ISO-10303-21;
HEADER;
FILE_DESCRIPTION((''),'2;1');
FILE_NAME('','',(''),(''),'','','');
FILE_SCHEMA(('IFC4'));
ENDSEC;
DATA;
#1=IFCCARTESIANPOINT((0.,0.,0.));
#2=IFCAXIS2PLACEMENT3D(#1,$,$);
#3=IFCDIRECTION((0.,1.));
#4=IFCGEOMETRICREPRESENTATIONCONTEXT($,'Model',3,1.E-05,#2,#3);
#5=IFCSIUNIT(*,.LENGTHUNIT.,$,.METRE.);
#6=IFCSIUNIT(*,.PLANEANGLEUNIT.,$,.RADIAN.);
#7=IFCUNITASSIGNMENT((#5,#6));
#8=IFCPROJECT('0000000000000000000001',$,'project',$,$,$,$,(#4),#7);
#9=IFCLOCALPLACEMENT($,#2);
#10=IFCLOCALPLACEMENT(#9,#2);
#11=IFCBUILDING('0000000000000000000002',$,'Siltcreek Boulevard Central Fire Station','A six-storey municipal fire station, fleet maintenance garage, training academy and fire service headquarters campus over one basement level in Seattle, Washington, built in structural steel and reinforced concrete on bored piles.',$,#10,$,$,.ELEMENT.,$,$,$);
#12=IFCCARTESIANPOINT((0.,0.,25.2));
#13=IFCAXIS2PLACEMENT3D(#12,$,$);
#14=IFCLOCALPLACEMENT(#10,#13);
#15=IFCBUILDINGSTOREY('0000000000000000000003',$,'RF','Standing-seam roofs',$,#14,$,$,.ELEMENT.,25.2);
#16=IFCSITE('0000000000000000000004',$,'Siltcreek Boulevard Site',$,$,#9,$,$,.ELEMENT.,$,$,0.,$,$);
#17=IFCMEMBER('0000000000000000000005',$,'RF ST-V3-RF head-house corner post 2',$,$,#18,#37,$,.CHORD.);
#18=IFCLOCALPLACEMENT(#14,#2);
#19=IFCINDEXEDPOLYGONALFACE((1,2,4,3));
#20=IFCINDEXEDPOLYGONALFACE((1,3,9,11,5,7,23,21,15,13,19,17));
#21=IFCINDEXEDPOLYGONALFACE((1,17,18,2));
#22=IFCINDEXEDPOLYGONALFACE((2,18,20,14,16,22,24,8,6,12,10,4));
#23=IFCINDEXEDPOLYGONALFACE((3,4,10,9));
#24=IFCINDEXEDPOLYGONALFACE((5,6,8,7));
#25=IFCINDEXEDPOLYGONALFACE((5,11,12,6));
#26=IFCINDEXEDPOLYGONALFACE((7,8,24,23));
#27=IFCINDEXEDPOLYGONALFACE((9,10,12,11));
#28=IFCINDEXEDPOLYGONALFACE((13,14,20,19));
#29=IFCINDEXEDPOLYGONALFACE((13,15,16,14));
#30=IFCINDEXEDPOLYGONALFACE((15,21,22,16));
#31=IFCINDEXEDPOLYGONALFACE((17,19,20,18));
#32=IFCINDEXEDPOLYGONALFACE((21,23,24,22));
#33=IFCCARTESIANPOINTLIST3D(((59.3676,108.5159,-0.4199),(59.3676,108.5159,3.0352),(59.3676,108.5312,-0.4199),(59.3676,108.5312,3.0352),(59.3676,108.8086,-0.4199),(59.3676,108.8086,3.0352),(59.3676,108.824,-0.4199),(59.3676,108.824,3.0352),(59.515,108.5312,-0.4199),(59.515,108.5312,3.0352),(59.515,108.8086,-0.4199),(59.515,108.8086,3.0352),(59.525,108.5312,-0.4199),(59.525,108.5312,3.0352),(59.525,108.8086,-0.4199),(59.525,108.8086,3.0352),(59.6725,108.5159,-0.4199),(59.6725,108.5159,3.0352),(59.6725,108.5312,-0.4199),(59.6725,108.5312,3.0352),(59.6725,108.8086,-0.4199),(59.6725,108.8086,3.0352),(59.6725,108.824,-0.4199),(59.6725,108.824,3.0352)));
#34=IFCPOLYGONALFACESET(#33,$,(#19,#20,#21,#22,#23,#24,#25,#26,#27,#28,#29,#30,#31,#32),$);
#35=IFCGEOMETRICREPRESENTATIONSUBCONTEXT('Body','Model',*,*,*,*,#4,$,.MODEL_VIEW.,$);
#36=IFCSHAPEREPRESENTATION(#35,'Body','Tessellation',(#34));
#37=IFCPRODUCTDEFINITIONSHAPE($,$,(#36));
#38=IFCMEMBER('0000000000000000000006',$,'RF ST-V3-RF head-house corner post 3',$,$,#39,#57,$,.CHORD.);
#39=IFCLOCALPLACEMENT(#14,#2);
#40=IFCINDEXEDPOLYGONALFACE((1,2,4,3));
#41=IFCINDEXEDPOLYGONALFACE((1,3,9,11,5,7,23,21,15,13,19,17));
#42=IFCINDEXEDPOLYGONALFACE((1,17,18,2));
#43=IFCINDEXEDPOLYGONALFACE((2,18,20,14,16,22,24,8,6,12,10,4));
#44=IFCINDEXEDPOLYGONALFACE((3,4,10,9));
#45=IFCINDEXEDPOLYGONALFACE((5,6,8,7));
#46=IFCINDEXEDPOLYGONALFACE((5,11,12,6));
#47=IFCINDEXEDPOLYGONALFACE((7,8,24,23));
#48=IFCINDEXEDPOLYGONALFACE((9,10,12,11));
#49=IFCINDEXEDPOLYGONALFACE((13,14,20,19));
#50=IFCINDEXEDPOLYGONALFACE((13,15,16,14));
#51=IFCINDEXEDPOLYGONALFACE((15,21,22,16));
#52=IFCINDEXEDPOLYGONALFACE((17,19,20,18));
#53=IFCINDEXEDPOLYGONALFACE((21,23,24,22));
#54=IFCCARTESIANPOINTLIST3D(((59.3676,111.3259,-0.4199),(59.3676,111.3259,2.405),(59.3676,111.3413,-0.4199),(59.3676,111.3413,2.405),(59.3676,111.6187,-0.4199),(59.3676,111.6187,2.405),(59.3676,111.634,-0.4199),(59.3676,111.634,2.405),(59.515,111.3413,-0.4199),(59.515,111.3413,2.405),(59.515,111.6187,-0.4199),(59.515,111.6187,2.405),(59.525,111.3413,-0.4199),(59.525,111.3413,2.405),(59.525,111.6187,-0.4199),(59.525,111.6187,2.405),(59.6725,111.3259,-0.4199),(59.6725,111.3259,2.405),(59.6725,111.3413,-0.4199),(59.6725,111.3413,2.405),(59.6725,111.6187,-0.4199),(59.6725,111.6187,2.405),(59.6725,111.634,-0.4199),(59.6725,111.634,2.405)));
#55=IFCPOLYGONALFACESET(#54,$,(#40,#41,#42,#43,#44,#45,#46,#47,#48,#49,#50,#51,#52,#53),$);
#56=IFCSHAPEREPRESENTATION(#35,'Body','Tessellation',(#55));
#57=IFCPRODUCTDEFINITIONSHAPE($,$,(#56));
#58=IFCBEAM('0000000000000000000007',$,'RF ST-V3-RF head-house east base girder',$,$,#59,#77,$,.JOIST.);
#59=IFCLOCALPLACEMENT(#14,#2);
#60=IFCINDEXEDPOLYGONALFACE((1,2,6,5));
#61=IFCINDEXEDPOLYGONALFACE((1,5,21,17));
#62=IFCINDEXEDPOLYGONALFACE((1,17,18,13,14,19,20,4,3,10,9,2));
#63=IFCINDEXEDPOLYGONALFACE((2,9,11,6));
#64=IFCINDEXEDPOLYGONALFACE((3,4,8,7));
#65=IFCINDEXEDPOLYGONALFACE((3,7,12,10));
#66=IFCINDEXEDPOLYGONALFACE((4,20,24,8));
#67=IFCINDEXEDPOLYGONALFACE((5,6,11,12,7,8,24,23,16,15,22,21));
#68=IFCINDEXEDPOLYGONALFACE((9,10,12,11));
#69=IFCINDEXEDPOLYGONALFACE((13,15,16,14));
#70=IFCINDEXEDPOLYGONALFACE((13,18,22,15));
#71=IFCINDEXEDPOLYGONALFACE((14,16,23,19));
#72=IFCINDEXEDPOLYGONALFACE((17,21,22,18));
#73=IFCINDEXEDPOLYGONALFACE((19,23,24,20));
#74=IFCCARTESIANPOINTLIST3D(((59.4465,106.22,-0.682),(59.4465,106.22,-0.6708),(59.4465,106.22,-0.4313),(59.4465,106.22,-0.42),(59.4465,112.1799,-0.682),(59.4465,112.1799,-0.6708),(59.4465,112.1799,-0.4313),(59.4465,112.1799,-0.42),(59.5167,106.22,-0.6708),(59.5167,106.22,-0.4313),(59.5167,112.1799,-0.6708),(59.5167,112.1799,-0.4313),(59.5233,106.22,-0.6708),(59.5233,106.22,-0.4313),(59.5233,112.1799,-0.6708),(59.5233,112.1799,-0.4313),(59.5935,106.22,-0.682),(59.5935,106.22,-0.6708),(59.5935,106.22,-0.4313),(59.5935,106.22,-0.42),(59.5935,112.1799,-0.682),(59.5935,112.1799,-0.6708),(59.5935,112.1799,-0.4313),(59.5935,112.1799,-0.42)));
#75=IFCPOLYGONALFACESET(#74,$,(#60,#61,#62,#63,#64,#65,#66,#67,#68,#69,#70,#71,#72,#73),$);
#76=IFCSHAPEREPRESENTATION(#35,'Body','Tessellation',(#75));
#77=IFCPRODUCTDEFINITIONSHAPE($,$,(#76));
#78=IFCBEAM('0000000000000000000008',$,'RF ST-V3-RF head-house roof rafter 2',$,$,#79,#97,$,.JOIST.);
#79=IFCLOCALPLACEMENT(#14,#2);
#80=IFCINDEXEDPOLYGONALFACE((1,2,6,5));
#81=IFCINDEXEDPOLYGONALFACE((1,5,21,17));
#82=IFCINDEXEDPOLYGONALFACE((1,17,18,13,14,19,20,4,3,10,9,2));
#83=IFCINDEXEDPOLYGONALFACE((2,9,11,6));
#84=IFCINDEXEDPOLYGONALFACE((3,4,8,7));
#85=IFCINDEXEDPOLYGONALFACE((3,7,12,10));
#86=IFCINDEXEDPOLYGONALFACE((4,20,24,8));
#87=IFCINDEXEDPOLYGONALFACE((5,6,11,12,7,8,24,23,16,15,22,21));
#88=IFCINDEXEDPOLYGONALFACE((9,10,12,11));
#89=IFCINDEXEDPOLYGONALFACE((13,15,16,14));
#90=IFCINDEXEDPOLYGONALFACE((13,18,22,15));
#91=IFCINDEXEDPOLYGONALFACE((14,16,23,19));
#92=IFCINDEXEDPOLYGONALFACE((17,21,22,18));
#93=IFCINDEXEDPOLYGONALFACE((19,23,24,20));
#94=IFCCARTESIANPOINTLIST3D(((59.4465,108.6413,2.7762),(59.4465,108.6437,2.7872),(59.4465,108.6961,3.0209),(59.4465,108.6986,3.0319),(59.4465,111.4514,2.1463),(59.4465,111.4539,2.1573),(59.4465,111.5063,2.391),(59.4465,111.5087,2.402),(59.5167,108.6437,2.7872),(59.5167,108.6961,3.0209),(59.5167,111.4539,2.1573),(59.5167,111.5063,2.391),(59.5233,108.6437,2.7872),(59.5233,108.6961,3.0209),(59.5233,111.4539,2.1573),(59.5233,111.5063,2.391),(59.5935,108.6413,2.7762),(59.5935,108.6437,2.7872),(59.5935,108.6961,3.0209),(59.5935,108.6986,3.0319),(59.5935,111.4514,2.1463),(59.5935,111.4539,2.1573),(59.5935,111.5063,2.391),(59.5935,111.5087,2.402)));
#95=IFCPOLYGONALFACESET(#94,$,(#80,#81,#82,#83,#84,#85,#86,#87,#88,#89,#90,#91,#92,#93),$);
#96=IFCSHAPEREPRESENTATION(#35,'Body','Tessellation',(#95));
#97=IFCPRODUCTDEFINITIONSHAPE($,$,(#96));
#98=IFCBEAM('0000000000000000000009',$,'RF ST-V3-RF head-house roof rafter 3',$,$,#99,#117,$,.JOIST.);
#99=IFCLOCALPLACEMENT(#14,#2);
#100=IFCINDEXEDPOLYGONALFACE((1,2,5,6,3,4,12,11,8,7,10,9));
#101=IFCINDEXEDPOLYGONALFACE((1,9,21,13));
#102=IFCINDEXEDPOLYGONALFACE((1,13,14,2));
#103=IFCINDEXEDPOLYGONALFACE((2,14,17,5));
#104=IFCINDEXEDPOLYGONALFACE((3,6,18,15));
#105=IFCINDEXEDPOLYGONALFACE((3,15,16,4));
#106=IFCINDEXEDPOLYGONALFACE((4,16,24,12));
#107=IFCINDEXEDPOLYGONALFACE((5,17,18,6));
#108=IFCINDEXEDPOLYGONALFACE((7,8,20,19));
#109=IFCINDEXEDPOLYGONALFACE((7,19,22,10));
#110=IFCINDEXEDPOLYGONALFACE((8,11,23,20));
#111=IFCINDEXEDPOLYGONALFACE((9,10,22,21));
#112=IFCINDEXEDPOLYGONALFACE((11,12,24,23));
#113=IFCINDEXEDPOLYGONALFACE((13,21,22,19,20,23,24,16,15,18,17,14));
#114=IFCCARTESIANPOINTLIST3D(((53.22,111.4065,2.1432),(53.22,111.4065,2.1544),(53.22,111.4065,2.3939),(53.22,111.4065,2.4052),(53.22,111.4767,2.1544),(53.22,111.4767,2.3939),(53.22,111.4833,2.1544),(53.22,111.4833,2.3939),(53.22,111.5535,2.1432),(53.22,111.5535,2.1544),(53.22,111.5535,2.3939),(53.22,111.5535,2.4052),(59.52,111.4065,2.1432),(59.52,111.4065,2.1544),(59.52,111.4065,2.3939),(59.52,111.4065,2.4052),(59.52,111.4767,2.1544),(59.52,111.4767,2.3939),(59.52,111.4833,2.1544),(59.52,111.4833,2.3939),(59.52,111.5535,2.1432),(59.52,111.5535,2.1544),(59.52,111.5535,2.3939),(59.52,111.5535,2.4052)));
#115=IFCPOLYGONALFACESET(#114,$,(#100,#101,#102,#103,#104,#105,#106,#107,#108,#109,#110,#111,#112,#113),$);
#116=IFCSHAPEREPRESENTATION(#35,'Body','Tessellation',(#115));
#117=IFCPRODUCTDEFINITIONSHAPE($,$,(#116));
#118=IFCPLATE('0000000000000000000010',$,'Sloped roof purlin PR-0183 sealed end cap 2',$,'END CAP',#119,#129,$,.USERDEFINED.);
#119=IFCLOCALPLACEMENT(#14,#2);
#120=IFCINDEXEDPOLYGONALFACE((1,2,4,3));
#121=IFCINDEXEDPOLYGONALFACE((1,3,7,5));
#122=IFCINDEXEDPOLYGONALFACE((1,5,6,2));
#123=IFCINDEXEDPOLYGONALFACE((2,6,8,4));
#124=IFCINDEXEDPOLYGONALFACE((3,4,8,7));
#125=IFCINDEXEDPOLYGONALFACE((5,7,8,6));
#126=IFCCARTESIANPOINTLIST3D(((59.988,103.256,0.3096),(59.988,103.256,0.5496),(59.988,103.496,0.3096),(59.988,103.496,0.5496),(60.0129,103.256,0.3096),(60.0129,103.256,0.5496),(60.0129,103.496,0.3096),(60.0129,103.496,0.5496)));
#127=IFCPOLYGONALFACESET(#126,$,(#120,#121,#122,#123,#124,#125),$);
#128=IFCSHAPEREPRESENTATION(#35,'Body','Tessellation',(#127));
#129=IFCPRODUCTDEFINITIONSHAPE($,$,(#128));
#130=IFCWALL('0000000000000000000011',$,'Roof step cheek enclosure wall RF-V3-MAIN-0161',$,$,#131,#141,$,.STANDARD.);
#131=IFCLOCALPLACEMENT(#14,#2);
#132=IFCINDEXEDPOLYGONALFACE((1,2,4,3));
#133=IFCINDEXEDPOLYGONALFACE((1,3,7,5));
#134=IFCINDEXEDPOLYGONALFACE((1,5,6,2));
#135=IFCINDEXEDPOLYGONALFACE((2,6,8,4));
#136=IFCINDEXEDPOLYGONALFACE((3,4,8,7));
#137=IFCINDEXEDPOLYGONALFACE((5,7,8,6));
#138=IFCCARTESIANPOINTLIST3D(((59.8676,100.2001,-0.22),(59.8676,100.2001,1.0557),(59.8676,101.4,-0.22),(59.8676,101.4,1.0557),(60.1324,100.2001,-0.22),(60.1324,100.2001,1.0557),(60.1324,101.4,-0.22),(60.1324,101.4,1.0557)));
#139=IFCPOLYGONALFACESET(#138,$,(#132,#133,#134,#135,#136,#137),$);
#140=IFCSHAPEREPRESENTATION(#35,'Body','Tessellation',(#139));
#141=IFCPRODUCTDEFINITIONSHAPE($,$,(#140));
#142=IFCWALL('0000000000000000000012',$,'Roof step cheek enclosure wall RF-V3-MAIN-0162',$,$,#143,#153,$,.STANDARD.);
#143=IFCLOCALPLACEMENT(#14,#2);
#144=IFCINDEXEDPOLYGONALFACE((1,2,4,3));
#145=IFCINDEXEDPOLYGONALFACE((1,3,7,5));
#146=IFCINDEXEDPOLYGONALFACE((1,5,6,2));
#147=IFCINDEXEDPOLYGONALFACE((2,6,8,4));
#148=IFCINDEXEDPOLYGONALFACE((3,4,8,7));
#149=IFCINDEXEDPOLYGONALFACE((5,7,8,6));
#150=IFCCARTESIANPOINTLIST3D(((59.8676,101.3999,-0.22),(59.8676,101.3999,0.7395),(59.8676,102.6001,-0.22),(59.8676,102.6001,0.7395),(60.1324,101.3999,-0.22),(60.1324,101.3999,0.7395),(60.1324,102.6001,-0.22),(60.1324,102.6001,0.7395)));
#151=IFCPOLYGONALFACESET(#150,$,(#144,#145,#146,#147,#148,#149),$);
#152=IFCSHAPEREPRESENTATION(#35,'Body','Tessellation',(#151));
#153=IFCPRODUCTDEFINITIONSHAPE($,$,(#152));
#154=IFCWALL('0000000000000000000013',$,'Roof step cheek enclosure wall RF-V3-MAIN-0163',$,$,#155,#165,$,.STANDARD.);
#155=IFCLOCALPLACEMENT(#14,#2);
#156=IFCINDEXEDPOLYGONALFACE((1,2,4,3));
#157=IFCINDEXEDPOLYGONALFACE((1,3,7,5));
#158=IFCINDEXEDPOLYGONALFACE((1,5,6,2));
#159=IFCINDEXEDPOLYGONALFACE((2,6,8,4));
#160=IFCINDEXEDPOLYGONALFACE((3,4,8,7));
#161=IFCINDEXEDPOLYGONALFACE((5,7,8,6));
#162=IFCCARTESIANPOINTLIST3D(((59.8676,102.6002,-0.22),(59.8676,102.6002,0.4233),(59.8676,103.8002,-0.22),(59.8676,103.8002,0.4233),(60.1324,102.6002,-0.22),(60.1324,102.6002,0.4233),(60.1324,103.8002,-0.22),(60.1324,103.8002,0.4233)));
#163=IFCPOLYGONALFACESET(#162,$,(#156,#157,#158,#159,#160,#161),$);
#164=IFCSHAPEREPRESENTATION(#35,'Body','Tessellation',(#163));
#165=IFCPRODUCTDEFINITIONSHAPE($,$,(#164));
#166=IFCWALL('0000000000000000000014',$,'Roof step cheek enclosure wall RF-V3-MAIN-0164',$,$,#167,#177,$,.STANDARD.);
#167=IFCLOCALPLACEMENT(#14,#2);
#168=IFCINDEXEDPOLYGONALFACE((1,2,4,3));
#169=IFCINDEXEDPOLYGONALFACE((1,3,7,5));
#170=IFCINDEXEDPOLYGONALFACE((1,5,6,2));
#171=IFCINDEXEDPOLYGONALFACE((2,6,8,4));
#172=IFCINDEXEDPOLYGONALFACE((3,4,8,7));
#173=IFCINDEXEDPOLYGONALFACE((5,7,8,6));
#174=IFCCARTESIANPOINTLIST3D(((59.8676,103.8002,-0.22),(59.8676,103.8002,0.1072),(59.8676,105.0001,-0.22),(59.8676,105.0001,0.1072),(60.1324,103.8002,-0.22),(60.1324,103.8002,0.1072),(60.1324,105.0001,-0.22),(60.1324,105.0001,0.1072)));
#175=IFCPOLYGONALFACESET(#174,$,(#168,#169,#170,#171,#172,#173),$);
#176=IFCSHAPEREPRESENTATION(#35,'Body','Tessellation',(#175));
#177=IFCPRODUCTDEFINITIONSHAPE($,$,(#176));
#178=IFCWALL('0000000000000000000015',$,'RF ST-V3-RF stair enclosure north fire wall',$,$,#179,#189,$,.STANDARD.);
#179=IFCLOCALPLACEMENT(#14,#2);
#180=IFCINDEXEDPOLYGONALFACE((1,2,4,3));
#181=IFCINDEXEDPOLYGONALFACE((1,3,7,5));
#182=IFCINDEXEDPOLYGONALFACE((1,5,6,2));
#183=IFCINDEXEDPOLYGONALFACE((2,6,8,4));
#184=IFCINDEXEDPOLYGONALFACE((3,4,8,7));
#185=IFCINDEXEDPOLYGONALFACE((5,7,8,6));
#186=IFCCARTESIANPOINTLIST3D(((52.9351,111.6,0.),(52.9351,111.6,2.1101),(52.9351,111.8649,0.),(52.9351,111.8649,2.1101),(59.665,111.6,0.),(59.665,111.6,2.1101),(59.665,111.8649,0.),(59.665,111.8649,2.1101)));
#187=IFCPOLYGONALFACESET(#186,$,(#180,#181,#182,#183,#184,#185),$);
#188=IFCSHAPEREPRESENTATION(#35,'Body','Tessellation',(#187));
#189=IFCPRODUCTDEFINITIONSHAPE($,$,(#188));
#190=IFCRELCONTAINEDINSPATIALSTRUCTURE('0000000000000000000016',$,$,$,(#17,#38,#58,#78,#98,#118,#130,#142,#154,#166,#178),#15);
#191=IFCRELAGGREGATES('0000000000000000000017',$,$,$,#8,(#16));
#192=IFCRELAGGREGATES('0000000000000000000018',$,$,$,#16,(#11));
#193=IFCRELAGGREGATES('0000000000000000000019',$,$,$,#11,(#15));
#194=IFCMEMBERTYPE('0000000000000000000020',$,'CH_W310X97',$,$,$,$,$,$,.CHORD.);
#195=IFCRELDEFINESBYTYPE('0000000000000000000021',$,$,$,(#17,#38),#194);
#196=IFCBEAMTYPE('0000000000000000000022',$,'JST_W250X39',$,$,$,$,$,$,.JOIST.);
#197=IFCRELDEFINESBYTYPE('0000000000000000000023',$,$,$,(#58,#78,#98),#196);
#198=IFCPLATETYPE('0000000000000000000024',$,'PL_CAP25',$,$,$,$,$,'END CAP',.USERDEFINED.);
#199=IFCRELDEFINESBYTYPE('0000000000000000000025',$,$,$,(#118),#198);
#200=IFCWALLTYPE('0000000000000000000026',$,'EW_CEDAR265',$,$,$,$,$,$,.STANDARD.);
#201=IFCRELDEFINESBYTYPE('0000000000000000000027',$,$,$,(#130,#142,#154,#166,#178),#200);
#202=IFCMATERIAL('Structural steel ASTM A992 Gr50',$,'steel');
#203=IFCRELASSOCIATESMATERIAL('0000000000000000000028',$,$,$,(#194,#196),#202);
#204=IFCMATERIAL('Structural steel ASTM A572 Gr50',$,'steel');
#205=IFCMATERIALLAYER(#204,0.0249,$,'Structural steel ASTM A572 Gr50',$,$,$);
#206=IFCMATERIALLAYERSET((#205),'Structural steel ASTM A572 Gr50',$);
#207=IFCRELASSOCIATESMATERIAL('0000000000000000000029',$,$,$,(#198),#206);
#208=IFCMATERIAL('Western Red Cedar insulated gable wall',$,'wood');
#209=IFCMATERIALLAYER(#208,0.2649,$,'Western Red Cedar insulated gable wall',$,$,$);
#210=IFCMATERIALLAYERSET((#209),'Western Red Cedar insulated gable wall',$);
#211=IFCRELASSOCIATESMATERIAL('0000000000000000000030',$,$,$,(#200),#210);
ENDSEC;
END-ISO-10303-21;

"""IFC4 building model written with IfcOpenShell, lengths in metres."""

from ifc_helpers import new_model, si_unit, direction, frame, frame_2d, origin, origin_2d, place, context, subcontext, project, spatial, rectangle, i_section, extrude, material, layer, layer_set, material_profile, profile_set, type_object, element, save


model = new_model("IFC4")

# Units and contexts
model_context = context("Model", 3, precision=1e-05, world=origin(), true_north=direction((0.0, 1.0)))
body_context = subcontext(model_context, "Body", "Model", "MODEL_VIEW")
ifc_project = project(units=[si_unit("LENGTHUNIT", "METRE"), si_unit("PLANEANGLEUNIT", "RADIAN")], contexts=[model_context])

# Site, building, storey
site_placement = place(None, origin())
site = spatial("IfcSite", under=ifc_project, at=site_placement, Name="Siltcreek Boulevard Site", CompositionType="ELEMENT", RefElevation=0.0)
building_placement = place(site_placement, origin())
building = spatial("IfcBuilding", under=site, at=building_placement, Name="Siltcreek Boulevard Central Fire Station", Description="A six-storey municipal fire station, fleet maintenance garage, training academy and fire service headquarters campus over one basement level in Seattle, Washington, built in structural steel and reinforced concrete on bored piles.", CompositionType="ELEMENT")
storey_placement = place(building_placement, frame((0.0, 0.0, 25.2)))
storey = spatial("IfcBuildingStorey", under=building, at=storey_placement, Name="RF", Description="Standing-seam roofs", CompositionType="ELEMENT", Elevation=25.2)

# Members
ifc_material_1 = material(Name="Structural steel ASTM A992 Gr50", Category="steel")
ifc_material_profile_1 = material_profile(ifc_material_1, i_section(OverallWidth=0.3049, OverallDepth=0.3081, WebThickness=0.01, FlangeThickness=0.0154, at=origin_2d()), Name="W310X97")
ifc_profile_set_1 = profile_set([ifc_material_profile_1], Name="Structural steel ASTM A992 Gr50")
member_type = type_object("IfcMemberType", Name="CH_W310X97", PredefinedType="CHORD", material=ifc_profile_set_1)
member_1_placement = place(storey_placement, frame((59.52, 108.6699, -0.4199), z_axis=(0.0, 0.0, 1.0), x_axis=(1.0, 0.0, 0.0)))
element("IfcMember", 1, at=member_1_placement, inside=storey, type_object=member_type, Name="RF ST-V3-RF head-house corner post 2", PredefinedType="CHORD", context=body_context, shape_type="SweptSolid", body=[
    extrude(i_section(OverallWidth=0.3049, OverallDepth=0.3081, WebThickness=0.01, FlangeThickness=0.0154, at=origin_2d()), origin(), (0.0, 0.0, 1.0), 3.4551),
])
member_2_placement = place(storey_placement, frame((59.52, 111.48, -0.4199), z_axis=(0.0, 0.0, 1.0), x_axis=(1.0, 0.0, 0.0)))
element("IfcMember", 2, at=member_2_placement, inside=storey, type_object=member_type, Name="RF ST-V3-RF head-house corner post 3", PredefinedType="CHORD", context=body_context, shape_type="SweptSolid", body=[
    extrude(i_section(OverallWidth=0.3049, OverallDepth=0.3081, WebThickness=0.01, FlangeThickness=0.0154, at=origin_2d()), origin(), (0.0, 0.0, 1.0), 2.825),
])

# Beams
ifc_material_profile_2 = material_profile(ifc_material_1, i_section(OverallWidth=0.147, OverallDepth=0.262, WebThickness=0.0066, FlangeThickness=0.0112, at=origin_2d()), Name="W250X39")
ifc_profile_set_2 = profile_set([ifc_material_profile_2], Name="Structural steel ASTM A992 Gr50")
beam_type = type_object("IfcBeamType", Name="JST_W250X39", PredefinedType="JOIST", material=ifc_profile_set_2)
beam_1_placement = place(storey_placement, frame((59.52, 106.22, -0.551), z_axis=(0.0, 1.0, 0.0), x_axis=(-1.0, 0.0, 0.0)))
element("IfcBeam", 3, at=beam_1_placement, inside=storey, type_object=beam_type, Name="RF ST-V3-RF head-house east base girder", PredefinedType="JOIST", context=body_context, shape_type="SweptSolid", body=[
    extrude(i_section(OverallWidth=0.147, OverallDepth=0.262, WebThickness=0.0066, FlangeThickness=0.0112, at=origin_2d()), origin(), (0.0, 0.0, 1.0), 5.96),
])
beam_2_placement = place(storey_placement, frame((59.52, 108.6699, 2.9041), z_axis=(0.0, 0.975786, -0.218725), x_axis=(-1.0, 0.0, 0.0)))
element("IfcBeam", 4, at=beam_2_placement, inside=storey, type_object=beam_type, Name="RF ST-V3-RF head-house roof rafter 2", PredefinedType="JOIST", context=body_context, shape_type="SweptSolid", body=[
    extrude(i_section(OverallWidth=0.147, OverallDepth=0.262, WebThickness=0.0066, FlangeThickness=0.0112, at=origin_2d()), origin(), (0.0, 0.0, 1.0), 2.8799),
])
beam_3_placement = place(storey_placement, frame((59.52, 111.48, 2.2742), z_axis=(-1.0, 0.0, 0.0), x_axis=(0.0, -1.0, 0.0)))
element("IfcBeam", 5, at=beam_3_placement, inside=storey, type_object=beam_type, Name="RF ST-V3-RF head-house roof rafter 3", PredefinedType="JOIST", context=body_context, shape_type="SweptSolid", body=[
    extrude(i_section(OverallWidth=0.147, OverallDepth=0.262, WebThickness=0.0066, FlangeThickness=0.0112, at=origin_2d()), origin(), (0.0, 0.0, 1.0), 6.3),
])

# Plate
ifc_material_2 = material(Name="Structural steel ASTM A572 Gr50", Category="steel")
ifc_layer_1 = layer(ifc_material_2, 0.0249, Name="Structural steel ASTM A572 Gr50")
ifc_layer_set_1 = layer_set([ifc_layer_1], Name="Structural steel ASTM A572 Gr50")
plate_type = type_object("IfcPlateType", Name="PL_CAP25", ElementType="END CAP", PredefinedType="USERDEFINED", material=ifc_layer_set_1)
plate_placement = place(storey_placement, frame((60.0005, 103.376, 0.3096), z_axis=(0.0, 0.0, 1.0), x_axis=(1.0, 0.0, 0.0)))
element("IfcPlate", 6, at=plate_placement, inside=storey, type_object=plate_type, Name="Sloped roof purlin PR-0183 sealed end cap 2", ObjectType="END CAP", PredefinedType="USERDEFINED", context=body_context, shape_type="SweptSolid", body=[
    extrude(rectangle(XDim=0.0249, YDim=0.24, at=origin_2d()), origin(), (0.0, 0.0, 1.0), 0.24),
])

# Walls
ifc_material_3 = material(Name="Western Red Cedar insulated gable wall", Category="wood")
ifc_layer_2 = layer(ifc_material_3, 0.2649, Name="Western Red Cedar insulated gable wall")
ifc_layer_set_2 = layer_set([ifc_layer_2], Name="Western Red Cedar insulated gable wall")
wall_type_1 = type_object("IfcWallType", Name="EW_CEDAR265", PredefinedType="STANDARD", material=ifc_layer_set_2)
wall_1_placement = place(storey_placement, frame((60.0, 100.2, -0.22), z_axis=(0.0, 0.0, 1.0), x_axis=(0.0, 1.0, 0.0)))
element("IfcWall", 7, at=wall_1_placement, inside=storey, type_object=wall_type_1, Name="Roof step cheek enclosure wall RF-V3-MAIN-0161", PredefinedType="STANDARD", context=body_context, shape_type="SweptSolid", body=[
    extrude(rectangle(XDim=1.2, YDim=0.2649, at=frame_2d((0.6001, 0.0))), origin(), (0.0, 0.0, 1.0), 1.2756),
])
wall_2_placement = place(storey_placement, frame((60.0, 101.3999, -0.22), z_axis=(0.0, 0.0, 1.0), x_axis=(0.0, 1.0, 0.0)))
element("IfcWall", 8, at=wall_2_placement, inside=storey, type_object=wall_type_1, Name="Roof step cheek enclosure wall RF-V3-MAIN-0162", PredefinedType="STANDARD", context=body_context, shape_type="SweptSolid", body=[
    extrude(rectangle(XDim=1.2002, YDim=0.2649, at=frame_2d((0.6001, 0.0))), origin(), (0.0, 0.0, 1.0), 0.9595),
])
wall_3_placement = place(storey_placement, frame((60.0, 102.6001, -0.22), z_axis=(0.0, 0.0, 1.0), x_axis=(0.0, 1.0, 0.0)))
element("IfcWall", 9, at=wall_3_placement, inside=storey, type_object=wall_type_1, Name="Roof step cheek enclosure wall RF-V3-MAIN-0163", PredefinedType="STANDARD", context=body_context, shape_type="SweptSolid", body=[
    extrude(rectangle(XDim=1.2, YDim=0.2649, at=frame_2d((0.6001, 0.0))), origin(), (0.0, 0.0, 1.0), 0.6433),
])
wall_4_placement = place(storey_placement, frame((60.0, 103.8, -0.22), z_axis=(0.0, 0.0, 1.0), x_axis=(0.0, 1.0, 0.0)))
element("IfcWall", 10, at=wall_4_placement, inside=storey, type_object=wall_type_1, Name="Roof step cheek enclosure wall RF-V3-MAIN-0164", PredefinedType="STANDARD", context=body_context, shape_type="SweptSolid", body=[
    extrude(rectangle(XDim=1.2, YDim=0.2649, at=frame_2d((0.6001, 0.0))), origin(), (0.0, 0.0, 1.0), 0.3271),
])
wall_5_placement = place(storey_placement, frame((59.665, 111.7324, 0.0), z_axis=(0.0, 0.0, 1.0), x_axis=(-1.0, 0.0, 0.0)))
element("IfcWall", 11, at=wall_5_placement, inside=storey, type_object=wall_type_1, Name="RF ST-V3-RF stair enclosure north fire wall", PredefinedType="STANDARD", context=body_context, shape_type="SweptSolid", body=[
    extrude(rectangle(XDim=6.73, YDim=0.2649, at=frame_2d((3.365, 0.0))), origin(), (0.0, 0.0, 1.0), 2.1101),
])

save(model, "model.ifc")
